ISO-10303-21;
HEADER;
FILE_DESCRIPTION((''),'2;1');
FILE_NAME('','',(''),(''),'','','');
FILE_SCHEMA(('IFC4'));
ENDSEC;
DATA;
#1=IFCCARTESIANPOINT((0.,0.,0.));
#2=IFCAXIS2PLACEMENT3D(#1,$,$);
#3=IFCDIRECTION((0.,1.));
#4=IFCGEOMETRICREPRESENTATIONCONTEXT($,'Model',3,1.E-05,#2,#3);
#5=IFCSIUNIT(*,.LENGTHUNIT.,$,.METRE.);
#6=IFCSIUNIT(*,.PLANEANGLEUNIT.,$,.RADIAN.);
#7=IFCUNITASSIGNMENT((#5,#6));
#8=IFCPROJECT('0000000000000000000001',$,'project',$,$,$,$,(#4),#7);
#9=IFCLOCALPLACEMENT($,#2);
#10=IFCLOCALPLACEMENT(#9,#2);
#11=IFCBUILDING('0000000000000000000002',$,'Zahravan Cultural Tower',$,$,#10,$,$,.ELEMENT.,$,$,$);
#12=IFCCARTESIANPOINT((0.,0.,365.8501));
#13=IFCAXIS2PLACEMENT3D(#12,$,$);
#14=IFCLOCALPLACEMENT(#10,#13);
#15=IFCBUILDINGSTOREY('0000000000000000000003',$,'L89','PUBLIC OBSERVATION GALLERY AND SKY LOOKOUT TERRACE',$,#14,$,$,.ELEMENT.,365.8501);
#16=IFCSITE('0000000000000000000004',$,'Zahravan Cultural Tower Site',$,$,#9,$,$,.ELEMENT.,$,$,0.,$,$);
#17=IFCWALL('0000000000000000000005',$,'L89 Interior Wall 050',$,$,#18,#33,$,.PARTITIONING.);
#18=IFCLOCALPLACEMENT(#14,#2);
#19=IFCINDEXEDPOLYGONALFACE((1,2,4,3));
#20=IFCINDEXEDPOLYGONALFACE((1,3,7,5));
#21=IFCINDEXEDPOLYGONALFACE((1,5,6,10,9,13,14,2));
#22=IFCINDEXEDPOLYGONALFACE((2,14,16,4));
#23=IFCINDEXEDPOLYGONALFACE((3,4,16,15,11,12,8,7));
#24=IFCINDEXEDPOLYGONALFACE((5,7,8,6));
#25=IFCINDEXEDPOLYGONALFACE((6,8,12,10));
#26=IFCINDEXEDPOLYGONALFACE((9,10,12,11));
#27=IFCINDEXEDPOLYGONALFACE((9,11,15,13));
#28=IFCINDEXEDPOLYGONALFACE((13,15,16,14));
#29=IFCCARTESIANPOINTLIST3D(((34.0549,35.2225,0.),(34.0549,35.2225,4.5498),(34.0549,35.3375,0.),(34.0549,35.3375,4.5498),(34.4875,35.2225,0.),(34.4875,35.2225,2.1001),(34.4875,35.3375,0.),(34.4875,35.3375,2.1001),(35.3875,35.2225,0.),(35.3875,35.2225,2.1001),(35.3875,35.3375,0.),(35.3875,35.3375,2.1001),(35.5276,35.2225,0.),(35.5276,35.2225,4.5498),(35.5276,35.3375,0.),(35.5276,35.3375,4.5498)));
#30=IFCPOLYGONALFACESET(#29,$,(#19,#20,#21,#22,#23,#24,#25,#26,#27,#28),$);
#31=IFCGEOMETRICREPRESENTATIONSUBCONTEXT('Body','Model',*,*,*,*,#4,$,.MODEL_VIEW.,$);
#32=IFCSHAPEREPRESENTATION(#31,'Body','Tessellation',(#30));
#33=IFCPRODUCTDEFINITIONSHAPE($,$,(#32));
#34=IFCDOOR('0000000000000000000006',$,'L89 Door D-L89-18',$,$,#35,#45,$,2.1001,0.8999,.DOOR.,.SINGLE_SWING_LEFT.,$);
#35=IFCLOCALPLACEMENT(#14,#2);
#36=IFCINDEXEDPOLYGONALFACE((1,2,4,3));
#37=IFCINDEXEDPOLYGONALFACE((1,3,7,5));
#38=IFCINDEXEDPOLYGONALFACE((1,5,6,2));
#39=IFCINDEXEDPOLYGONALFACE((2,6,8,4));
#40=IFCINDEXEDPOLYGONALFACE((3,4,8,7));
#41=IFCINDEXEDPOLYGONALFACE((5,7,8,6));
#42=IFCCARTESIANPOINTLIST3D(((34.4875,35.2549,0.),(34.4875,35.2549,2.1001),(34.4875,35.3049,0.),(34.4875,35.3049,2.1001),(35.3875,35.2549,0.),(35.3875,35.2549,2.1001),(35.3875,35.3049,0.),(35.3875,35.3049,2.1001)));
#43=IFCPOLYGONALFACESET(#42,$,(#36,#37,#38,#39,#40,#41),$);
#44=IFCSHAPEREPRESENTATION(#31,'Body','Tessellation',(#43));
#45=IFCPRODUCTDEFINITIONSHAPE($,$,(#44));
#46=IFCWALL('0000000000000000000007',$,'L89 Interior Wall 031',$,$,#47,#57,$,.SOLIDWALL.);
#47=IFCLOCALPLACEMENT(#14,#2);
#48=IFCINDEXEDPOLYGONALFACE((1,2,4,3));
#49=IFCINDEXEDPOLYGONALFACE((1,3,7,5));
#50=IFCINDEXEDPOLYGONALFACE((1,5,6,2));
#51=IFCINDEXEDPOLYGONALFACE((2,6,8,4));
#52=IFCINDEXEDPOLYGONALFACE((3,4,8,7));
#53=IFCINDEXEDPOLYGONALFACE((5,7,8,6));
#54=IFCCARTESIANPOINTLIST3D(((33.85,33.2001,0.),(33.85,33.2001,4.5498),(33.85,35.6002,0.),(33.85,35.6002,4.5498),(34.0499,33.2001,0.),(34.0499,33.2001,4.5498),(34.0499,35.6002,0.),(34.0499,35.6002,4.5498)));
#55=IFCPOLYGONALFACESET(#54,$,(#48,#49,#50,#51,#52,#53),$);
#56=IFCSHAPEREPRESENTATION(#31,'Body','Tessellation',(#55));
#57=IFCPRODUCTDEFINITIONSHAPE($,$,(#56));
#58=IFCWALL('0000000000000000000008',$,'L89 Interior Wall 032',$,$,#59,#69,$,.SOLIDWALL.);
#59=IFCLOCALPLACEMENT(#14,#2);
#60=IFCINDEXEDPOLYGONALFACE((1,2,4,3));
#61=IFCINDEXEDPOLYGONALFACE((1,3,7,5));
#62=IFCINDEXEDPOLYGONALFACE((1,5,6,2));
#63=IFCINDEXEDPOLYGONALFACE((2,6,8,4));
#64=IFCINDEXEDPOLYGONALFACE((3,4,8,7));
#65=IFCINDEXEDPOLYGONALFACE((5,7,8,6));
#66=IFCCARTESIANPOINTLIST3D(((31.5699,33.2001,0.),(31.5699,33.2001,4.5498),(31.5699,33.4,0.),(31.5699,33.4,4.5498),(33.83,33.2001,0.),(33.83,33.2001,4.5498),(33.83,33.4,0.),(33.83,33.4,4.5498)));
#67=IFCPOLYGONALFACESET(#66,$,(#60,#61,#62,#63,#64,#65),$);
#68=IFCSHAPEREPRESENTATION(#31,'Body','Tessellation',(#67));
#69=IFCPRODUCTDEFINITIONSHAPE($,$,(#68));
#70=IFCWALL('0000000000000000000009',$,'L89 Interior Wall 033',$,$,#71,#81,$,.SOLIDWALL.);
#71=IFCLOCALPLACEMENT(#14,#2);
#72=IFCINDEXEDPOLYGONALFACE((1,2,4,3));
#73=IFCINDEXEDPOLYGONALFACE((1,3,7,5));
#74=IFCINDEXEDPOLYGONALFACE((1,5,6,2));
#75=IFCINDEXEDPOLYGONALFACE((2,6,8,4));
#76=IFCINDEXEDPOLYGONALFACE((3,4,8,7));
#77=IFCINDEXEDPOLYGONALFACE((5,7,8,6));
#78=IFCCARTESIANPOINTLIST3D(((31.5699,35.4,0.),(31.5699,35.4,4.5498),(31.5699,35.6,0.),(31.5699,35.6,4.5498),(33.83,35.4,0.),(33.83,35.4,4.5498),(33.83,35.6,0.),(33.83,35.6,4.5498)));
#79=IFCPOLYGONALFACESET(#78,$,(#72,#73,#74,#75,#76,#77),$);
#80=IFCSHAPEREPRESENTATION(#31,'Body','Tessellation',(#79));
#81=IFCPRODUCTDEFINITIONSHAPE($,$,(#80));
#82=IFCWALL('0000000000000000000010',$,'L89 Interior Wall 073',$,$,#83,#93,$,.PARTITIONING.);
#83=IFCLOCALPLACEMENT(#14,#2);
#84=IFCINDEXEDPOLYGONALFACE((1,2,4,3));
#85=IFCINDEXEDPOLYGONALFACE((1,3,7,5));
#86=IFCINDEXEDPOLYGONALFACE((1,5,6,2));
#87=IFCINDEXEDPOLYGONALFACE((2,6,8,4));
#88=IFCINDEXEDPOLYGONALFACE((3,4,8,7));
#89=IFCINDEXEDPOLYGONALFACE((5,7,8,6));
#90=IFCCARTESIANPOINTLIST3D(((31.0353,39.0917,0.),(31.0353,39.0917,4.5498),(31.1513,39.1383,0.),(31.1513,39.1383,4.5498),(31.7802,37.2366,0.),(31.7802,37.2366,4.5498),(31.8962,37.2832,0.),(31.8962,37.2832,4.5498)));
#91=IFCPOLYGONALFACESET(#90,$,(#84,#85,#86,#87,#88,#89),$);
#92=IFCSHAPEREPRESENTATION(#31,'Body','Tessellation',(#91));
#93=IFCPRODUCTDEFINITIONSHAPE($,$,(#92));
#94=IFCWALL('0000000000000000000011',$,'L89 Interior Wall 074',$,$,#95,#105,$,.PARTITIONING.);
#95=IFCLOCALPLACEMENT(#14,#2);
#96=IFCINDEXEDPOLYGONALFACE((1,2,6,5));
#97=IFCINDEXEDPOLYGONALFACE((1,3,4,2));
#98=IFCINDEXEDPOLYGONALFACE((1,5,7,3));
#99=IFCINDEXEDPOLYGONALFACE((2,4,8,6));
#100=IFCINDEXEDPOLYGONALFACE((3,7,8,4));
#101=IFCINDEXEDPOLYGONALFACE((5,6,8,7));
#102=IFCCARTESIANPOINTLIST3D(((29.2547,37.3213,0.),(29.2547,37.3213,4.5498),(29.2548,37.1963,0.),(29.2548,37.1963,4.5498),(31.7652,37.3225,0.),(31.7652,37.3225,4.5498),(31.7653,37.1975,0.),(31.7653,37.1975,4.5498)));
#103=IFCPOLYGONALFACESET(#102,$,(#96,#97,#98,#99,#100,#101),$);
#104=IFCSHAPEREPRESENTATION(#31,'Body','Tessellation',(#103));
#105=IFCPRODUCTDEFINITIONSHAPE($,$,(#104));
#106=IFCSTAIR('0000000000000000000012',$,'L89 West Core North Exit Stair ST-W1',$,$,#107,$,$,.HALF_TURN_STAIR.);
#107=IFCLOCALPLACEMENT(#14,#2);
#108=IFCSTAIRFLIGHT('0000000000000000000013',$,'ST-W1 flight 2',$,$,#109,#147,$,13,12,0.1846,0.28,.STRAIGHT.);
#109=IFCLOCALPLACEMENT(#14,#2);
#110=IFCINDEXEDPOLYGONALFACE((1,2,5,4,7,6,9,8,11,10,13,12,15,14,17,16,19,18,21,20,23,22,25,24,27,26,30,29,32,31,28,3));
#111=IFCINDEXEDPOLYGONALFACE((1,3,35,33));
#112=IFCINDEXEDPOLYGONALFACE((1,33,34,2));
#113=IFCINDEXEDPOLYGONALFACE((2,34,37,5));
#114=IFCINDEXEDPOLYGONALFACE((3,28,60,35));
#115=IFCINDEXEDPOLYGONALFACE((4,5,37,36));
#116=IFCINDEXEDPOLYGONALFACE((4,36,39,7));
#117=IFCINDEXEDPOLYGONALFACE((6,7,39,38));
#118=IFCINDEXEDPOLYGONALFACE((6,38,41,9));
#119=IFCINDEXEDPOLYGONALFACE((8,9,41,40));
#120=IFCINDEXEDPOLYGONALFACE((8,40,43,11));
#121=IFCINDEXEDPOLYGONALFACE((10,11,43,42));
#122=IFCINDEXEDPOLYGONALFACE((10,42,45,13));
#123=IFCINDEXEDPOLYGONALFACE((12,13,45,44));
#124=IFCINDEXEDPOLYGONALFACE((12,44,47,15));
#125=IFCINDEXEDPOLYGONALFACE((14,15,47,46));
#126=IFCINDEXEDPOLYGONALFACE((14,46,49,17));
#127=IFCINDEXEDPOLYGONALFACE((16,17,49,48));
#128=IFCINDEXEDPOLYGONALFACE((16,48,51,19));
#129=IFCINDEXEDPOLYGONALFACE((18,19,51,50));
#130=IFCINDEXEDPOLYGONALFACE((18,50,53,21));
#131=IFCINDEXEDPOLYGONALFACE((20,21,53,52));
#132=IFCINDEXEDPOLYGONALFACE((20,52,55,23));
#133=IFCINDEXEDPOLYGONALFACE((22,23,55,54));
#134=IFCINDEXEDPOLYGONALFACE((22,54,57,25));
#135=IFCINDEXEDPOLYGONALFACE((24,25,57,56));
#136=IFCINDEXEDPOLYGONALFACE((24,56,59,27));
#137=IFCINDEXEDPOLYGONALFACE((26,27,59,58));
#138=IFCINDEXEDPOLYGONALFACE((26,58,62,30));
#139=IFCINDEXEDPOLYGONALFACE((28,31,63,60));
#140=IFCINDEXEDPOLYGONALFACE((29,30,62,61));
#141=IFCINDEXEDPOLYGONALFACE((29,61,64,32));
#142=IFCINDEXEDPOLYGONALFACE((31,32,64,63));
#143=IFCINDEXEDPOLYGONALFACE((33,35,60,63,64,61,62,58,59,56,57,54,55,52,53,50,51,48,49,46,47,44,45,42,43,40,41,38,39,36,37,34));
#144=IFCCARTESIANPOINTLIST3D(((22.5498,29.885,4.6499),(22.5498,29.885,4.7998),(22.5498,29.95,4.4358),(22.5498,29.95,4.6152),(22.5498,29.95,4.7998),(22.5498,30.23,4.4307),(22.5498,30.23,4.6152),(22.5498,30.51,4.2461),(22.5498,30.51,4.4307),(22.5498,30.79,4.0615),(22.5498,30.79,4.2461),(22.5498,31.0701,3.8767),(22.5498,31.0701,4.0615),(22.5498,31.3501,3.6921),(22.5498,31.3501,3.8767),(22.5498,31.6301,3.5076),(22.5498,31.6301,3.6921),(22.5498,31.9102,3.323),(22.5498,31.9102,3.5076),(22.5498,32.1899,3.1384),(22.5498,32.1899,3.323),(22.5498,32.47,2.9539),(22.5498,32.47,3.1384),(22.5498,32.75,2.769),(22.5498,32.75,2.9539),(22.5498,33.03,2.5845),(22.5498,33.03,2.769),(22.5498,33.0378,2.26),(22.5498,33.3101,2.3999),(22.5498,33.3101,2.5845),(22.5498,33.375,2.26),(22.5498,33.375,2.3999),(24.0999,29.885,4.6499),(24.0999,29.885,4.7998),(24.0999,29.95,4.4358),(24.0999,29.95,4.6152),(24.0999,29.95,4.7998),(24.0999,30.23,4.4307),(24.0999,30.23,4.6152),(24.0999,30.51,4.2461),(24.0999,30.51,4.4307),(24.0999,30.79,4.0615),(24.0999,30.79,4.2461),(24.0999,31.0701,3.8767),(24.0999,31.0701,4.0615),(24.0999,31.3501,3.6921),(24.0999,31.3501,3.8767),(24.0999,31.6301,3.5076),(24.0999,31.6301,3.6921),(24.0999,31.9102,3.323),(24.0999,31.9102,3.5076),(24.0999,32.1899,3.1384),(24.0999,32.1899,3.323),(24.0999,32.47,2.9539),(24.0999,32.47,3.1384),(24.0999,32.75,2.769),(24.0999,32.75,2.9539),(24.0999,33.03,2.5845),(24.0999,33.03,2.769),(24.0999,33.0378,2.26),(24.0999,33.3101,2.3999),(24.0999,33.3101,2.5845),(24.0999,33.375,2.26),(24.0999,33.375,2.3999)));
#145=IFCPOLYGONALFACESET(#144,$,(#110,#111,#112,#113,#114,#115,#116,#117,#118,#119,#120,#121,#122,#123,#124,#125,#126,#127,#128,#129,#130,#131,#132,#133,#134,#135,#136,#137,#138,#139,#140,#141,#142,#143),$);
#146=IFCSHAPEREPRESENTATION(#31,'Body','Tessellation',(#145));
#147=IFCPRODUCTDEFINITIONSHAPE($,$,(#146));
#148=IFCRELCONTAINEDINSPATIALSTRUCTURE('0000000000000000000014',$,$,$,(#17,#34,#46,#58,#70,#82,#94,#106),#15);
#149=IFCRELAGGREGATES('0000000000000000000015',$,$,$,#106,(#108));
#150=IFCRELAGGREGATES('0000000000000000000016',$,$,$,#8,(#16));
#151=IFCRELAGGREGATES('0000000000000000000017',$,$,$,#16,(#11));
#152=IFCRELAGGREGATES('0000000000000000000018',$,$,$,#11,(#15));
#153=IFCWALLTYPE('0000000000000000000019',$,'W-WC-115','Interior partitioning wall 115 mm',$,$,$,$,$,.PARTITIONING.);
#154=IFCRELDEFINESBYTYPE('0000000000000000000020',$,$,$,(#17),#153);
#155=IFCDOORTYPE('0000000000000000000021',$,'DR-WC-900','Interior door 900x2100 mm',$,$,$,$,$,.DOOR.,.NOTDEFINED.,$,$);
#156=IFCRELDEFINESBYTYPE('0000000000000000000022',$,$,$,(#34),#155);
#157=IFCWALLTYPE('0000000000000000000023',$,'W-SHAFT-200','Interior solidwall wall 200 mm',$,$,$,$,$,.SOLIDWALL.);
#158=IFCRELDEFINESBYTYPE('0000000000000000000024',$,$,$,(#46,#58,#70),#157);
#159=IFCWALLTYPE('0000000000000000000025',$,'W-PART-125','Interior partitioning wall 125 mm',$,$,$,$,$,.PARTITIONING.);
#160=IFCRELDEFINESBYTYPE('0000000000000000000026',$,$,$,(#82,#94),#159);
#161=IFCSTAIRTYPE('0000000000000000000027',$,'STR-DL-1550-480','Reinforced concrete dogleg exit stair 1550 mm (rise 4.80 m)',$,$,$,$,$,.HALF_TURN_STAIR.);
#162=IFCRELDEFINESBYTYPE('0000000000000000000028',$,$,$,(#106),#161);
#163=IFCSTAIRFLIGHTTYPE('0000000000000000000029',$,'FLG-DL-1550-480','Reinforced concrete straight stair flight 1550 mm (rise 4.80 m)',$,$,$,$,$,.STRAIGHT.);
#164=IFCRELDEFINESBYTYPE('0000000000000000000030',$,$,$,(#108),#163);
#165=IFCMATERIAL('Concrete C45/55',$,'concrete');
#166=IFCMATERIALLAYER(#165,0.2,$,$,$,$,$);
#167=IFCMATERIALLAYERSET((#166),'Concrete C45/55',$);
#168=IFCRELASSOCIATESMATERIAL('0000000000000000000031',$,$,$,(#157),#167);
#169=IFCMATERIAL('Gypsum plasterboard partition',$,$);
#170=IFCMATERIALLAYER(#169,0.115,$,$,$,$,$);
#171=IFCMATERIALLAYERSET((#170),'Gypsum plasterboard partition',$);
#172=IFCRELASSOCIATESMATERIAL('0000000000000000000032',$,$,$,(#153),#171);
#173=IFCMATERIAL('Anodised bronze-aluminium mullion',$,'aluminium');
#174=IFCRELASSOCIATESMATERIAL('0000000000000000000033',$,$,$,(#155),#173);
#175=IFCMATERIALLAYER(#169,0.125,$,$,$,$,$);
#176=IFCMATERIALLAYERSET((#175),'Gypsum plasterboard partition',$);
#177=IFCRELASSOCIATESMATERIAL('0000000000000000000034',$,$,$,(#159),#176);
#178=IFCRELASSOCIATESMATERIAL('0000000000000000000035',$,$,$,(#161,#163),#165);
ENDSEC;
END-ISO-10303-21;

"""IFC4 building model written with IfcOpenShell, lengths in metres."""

from ifc_helpers import new_model, si_unit, direction, frame, frame_2d, origin, place, context, subcontext, project, spatial, polyline, rectangle, outline, extrude, source, transform, mapped, material, layer, layer_set, type_object, element, fill, aggregate, save


model = new_model("IFC4")

# Units and contexts
model_context = context("Model", 3, precision=1e-05, world=origin(), true_north=direction((0.0, 1.0)))
body_context = subcontext(model_context, "Body", "Model", "MODEL_VIEW")
ifc_project = project(units=[si_unit("LENGTHUNIT", "METRE"), si_unit("PLANEANGLEUNIT", "RADIAN")], contexts=[model_context])

# Site, building, storey
site_placement = place(None, origin())
site = spatial("IfcSite", under=ifc_project, at=site_placement, Name="Zahravan Cultural Tower Site", CompositionType="ELEMENT", RefElevation=0.0)
building_placement = place(site_placement, origin())
building = spatial("IfcBuilding", under=site, at=building_placement, Name="Zahravan Cultural Tower", CompositionType="ELEMENT")
storey_placement = place(building_placement, frame((0.0, 0.0, 365.8501)))
storey = spatial("IfcBuildingStorey", under=building, at=storey_placement, Name="L89", Description="PUBLIC OBSERVATION GALLERY AND SKY LOOKOUT TERRACE", CompositionType="ELEMENT", Elevation=365.8501)

# Wall, opening, door
ifc_material_1 = material(Name="Concrete C45/55", Category="concrete")
ifc_layer_1 = layer(ifc_material_1, 0.2)
ifc_layer_set_1 = layer_set([ifc_layer_1], Name="Concrete C45/55")
wall_type_1 = type_object("IfcWallType", Name="W-SHAFT-200", Description="Interior solidwall wall 200 mm", PredefinedType="SOLIDWALL", material=ifc_layer_set_1)
ifc_material_2 = material(Name="Gypsum plasterboard partition")
ifc_layer_2 = layer(ifc_material_2, 0.115)
ifc_layer_set_2 = layer_set([ifc_layer_2], Name="Gypsum plasterboard partition")
wall_type_2 = type_object("IfcWallType", Name="W-WC-115", Description="Interior partitioning wall 115 mm", PredefinedType="PARTITIONING", material=ifc_layer_set_2)
wall_1_placement = place(storey_placement, frame((34.0549, 35.28, 0.0), z_axis=(0.0, 0.0, 1.0), x_axis=(1.0, 0.0, 0.0)))
wall_1 = element("IfcWall", 1, at=wall_1_placement, inside=storey, type_object=wall_type_2, Name="L89 Interior Wall 050", PredefinedType="PARTITIONING", context=body_context, shape_type="SweptSolid", body=[
    extrude(rectangle(XDim=1.4727, YDim=0.115, at=frame_2d((0.7363, 0.0))), origin(), (0.0, 0.0, 1.0), 4.5498),
])
opening_1_placement = place(wall_1_placement, frame((0.4326, 0.0, 0.0)))
opening_1 = element("IfcOpeningElement", 2, at=opening_1_placement, cuts=wall_1, PredefinedType="OPENING", context=body_context, shape_type="SweptSolid", body=[
    extrude(rectangle(XDim=0.8999, YDim=2.1001, at=frame_2d((0.45, 1.05))), frame((0.0, 0.0674, 0.0), z_axis=(0.0, -1.0, 0.0), x_axis=(1.0, 0.0, 0.0)), (0.0, 0.0, 1.0), 0.135),
])
ifc_material_3 = material(Name="Anodised bronze-aluminium mullion", Category="aluminium")
door_type_1 = type_object("IfcDoorType", Name="DR-WC-900", Description="Interior door 900x2100 mm", OperationType="NOTDEFINED", PredefinedType="DOOR", material=ifc_material_3)
shared_shape_1 = source(origin(), body_context, "Body", "SweptSolid", [
    extrude(rectangle(XDim=0.8999, YDim=2.1001, at=frame_2d((0.45, 1.05))), frame((0.0, 0.0249, 0.0), z_axis=(0.0, -1.0, 0.0), x_axis=(1.0, 0.0, 0.0)), (0.0, 0.0, 1.0), 0.05),
])
door_1_placement = place(opening_1_placement, origin())
door_1 = element("IfcDoor", 3, at=door_1_placement, inside=storey, type_object=door_type_1, Name="L89 Door D-L89-18", OperationType="SINGLE_SWING_LEFT", OverallHeight=2.1001, OverallWidth=0.8999, PredefinedType="DOOR", context=body_context, shape_type="MappedRepresentation", body=[
    mapped(shared_shape_1, transform((0.0, 0.0, 0.0), x_axis=(1.0, 0.0, 0.0), y_axis=(0.0, 1.0, 0.0), z_axis=(0.0, 0.0, 1.0), scale=1.0)),
])
fill(opening_1, door_1)

# Walls
shared_shape_2 = source(origin(), body_context, "Body", "SweptSolid", [
    extrude(rectangle(XDim=2.4001, YDim=0.2, at=frame_2d((1.2002, 0.0))), origin(), (0.0, 0.0, 1.0), 4.5498),
])
wall_2_placement = place(storey_placement, frame((33.95, 33.2, 0.0), z_axis=(0.0, 0.0, 1.0), x_axis=(0.0, 1.0, 0.0)))
element("IfcWall", 4, at=wall_2_placement, inside=storey, type_object=wall_type_1, Name="L89 Interior Wall 031", PredefinedType="SOLIDWALL", context=body_context, shape_type="MappedRepresentation", body=[
    mapped(shared_shape_2, transform((0.0, 0.0, 0.0), x_axis=(1.0, 0.0, 0.0), y_axis=(0.0, 1.0, 0.0), z_axis=(0.0, 0.0, 1.0), scale=1.0)),
])
shared_shape_3 = source(origin(), body_context, "Body", "SweptSolid", [
    extrude(rectangle(XDim=2.26, YDim=0.2, at=frame_2d((1.1299, 0.0))), origin(), (0.0, 0.0, 1.0), 4.5498),
])
for number, where, z_axis, x_axis, name in (
    (5, (31.5701, 33.3, 0.0), (0.0, 0.0, 1.0), (1.0, 0.0, 0.0), "L89 Interior Wall 032"),
    (6, (31.5701, 35.5, 0.0), (0.0, 0.0, 1.0), (1.0, 0.0, 0.0), "L89 Interior Wall 033"),
):
    element("IfcWall", number, at=place(storey_placement, frame(where, z_axis=z_axis, x_axis=x_axis)), inside=storey, type_object=wall_type_1, Name=name, PredefinedType="SOLIDWALL", context=body_context, shape_type="MappedRepresentation", body=[
        mapped(shared_shape_3, transform((0.0, 0.0, 0.0), x_axis=(1.0, 0.0, 0.0), y_axis=(0.0, 1.0, 0.0), z_axis=(0.0, 0.0, 1.0), scale=1.0)),
    ])
ifc_layer_3 = layer(ifc_material_2, 0.125)
ifc_layer_set_3 = layer_set([ifc_layer_3], Name="Gypsum plasterboard partition")
wall_type_3 = type_object("IfcWallType", Name="W-PART-125", Description="Interior partitioning wall 125 mm", PredefinedType="PARTITIONING", material=ifc_layer_set_3)
shared_shape_4 = source(origin(), body_context, "Body", "SweptSolid", [
    extrude(rectangle(XDim=1.999, YDim=0.125, at=frame_2d((0.9995, 0.0))), origin(), (0.0, 0.0, 1.0), 4.5498),
])
wall_3_placement = place(storey_placement, frame((31.0933, 39.115, 0.0), z_axis=(0.0, 0.0, 1.0), x_axis=(0.372633, -0.927979, 0.0)))
element("IfcWall", 7, at=wall_3_placement, inside=storey, type_object=wall_type_3, Name="L89 Interior Wall 073", PredefinedType="PARTITIONING", context=body_context, shape_type="MappedRepresentation", body=[
    mapped(shared_shape_4, transform((0.0, 0.0, 0.0), x_axis=(1.0, 0.0, 0.0), y_axis=(0.0, 1.0, 0.0), z_axis=(0.0, 0.0, 1.0), scale=1.0)),
])
shared_shape_5 = source(origin(), body_context, "Body", "SweptSolid", [
    extrude(rectangle(XDim=2.5105, YDim=0.125, at=frame_2d((1.2554, 0.0))), origin(), (0.0, 0.0, 1.0), 4.5498),
])
wall_4_placement = place(storey_placement, frame((31.7654, 37.26, 0.0), z_axis=(0.0, 0.0, 1.0), x_axis=(-1.0, -0.000486, 0.0)))
element("IfcWall", 8, at=wall_4_placement, inside=storey, type_object=wall_type_3, Name="L89 Interior Wall 074", PredefinedType="PARTITIONING", context=body_context, shape_type="MappedRepresentation", body=[
    mapped(shared_shape_5, transform((0.0, 0.0, 0.0), x_axis=(1.0, 0.0, 0.0), y_axis=(0.0, 1.0, 0.0), z_axis=(0.0, 0.0, 1.0), scale=1.0)),
])

# Stair, stair flight
stair_type = type_object("IfcStairType", Name="STR-DL-1550-480", Description="Reinforced concrete dogleg exit stair 1550 mm (rise 4.80 m)", PredefinedType="HALF_TURN_STAIR", material=ifc_material_1)
stair_placement = place(storey_placement, origin())
stair = element("IfcStair", 9, at=stair_placement, inside=storey, type_object=stair_type, Name="L89 West Core North Exit Stair ST-W1", PredefinedType="HALF_TURN_STAIR")
stair_flight_type = type_object("IfcStairFlightType", Name="FLG-DL-1550-480", Description="Reinforced concrete straight stair flight 1550 mm (rise 4.80 m)", PredefinedType="STRAIGHT", material=ifc_material_1)
stair_flight_placement = place(storey_placement, frame((23.325, 33.3101, 2.3999), z_axis=(0.0, 0.0, 1.0), x_axis=(0.0, -1.0, 0.0)))
stair_flight = element("IfcStairFlight", 10, at=stair_flight_placement, type_object=stair_flight_type, Name="ST-W1 flight 2", NumberOfRisers=13, NumberOfTreads=12, PredefinedType="STRAIGHT", RiserHeight=0.1846, TreadLength=0.28, context=body_context, shape_type="SweptSolid", body=[
    extrude(outline(polyline([(-0.0649, -0.1399), (-0.0649, 0.0), (0.0, 0.0), (0.0, 0.1846), (0.28, 0.1846), (0.28, 0.3691), (0.5601, 0.3691), (0.5601, 0.554), (0.8401, 0.554), (0.8401, 0.7385), (1.1201, 0.7385), (1.1201, 0.9231), (1.3999, 0.9231), (1.3999, 1.1077), (1.6799, 1.1077), (1.6799, 1.2922), (1.96, 1.2922), (1.96, 1.4768), (2.24, 1.4768), (2.24, 1.6616), (2.52, 1.6616), (2.52, 1.8462), (2.8, 1.8462), (2.8, 2.0308), (3.0801, 2.0308), (3.0801, 2.2153), (3.3601, 2.2153), (3.3601, 2.3999), (3.425, 2.3999), (3.425, 2.25), (3.3601, 2.0359), (0.2722, -0.1399), (-0.0649, -0.1399)])), frame((0.0, 0.7749, 0.0), z_axis=(0.0, -1.0, 0.0), x_axis=(1.0, 0.0, 0.0)), (0.0, 0.0, 1.0), 1.55),
])
aggregate(stair, [stair_flight])

save(model, "model.ifc")
